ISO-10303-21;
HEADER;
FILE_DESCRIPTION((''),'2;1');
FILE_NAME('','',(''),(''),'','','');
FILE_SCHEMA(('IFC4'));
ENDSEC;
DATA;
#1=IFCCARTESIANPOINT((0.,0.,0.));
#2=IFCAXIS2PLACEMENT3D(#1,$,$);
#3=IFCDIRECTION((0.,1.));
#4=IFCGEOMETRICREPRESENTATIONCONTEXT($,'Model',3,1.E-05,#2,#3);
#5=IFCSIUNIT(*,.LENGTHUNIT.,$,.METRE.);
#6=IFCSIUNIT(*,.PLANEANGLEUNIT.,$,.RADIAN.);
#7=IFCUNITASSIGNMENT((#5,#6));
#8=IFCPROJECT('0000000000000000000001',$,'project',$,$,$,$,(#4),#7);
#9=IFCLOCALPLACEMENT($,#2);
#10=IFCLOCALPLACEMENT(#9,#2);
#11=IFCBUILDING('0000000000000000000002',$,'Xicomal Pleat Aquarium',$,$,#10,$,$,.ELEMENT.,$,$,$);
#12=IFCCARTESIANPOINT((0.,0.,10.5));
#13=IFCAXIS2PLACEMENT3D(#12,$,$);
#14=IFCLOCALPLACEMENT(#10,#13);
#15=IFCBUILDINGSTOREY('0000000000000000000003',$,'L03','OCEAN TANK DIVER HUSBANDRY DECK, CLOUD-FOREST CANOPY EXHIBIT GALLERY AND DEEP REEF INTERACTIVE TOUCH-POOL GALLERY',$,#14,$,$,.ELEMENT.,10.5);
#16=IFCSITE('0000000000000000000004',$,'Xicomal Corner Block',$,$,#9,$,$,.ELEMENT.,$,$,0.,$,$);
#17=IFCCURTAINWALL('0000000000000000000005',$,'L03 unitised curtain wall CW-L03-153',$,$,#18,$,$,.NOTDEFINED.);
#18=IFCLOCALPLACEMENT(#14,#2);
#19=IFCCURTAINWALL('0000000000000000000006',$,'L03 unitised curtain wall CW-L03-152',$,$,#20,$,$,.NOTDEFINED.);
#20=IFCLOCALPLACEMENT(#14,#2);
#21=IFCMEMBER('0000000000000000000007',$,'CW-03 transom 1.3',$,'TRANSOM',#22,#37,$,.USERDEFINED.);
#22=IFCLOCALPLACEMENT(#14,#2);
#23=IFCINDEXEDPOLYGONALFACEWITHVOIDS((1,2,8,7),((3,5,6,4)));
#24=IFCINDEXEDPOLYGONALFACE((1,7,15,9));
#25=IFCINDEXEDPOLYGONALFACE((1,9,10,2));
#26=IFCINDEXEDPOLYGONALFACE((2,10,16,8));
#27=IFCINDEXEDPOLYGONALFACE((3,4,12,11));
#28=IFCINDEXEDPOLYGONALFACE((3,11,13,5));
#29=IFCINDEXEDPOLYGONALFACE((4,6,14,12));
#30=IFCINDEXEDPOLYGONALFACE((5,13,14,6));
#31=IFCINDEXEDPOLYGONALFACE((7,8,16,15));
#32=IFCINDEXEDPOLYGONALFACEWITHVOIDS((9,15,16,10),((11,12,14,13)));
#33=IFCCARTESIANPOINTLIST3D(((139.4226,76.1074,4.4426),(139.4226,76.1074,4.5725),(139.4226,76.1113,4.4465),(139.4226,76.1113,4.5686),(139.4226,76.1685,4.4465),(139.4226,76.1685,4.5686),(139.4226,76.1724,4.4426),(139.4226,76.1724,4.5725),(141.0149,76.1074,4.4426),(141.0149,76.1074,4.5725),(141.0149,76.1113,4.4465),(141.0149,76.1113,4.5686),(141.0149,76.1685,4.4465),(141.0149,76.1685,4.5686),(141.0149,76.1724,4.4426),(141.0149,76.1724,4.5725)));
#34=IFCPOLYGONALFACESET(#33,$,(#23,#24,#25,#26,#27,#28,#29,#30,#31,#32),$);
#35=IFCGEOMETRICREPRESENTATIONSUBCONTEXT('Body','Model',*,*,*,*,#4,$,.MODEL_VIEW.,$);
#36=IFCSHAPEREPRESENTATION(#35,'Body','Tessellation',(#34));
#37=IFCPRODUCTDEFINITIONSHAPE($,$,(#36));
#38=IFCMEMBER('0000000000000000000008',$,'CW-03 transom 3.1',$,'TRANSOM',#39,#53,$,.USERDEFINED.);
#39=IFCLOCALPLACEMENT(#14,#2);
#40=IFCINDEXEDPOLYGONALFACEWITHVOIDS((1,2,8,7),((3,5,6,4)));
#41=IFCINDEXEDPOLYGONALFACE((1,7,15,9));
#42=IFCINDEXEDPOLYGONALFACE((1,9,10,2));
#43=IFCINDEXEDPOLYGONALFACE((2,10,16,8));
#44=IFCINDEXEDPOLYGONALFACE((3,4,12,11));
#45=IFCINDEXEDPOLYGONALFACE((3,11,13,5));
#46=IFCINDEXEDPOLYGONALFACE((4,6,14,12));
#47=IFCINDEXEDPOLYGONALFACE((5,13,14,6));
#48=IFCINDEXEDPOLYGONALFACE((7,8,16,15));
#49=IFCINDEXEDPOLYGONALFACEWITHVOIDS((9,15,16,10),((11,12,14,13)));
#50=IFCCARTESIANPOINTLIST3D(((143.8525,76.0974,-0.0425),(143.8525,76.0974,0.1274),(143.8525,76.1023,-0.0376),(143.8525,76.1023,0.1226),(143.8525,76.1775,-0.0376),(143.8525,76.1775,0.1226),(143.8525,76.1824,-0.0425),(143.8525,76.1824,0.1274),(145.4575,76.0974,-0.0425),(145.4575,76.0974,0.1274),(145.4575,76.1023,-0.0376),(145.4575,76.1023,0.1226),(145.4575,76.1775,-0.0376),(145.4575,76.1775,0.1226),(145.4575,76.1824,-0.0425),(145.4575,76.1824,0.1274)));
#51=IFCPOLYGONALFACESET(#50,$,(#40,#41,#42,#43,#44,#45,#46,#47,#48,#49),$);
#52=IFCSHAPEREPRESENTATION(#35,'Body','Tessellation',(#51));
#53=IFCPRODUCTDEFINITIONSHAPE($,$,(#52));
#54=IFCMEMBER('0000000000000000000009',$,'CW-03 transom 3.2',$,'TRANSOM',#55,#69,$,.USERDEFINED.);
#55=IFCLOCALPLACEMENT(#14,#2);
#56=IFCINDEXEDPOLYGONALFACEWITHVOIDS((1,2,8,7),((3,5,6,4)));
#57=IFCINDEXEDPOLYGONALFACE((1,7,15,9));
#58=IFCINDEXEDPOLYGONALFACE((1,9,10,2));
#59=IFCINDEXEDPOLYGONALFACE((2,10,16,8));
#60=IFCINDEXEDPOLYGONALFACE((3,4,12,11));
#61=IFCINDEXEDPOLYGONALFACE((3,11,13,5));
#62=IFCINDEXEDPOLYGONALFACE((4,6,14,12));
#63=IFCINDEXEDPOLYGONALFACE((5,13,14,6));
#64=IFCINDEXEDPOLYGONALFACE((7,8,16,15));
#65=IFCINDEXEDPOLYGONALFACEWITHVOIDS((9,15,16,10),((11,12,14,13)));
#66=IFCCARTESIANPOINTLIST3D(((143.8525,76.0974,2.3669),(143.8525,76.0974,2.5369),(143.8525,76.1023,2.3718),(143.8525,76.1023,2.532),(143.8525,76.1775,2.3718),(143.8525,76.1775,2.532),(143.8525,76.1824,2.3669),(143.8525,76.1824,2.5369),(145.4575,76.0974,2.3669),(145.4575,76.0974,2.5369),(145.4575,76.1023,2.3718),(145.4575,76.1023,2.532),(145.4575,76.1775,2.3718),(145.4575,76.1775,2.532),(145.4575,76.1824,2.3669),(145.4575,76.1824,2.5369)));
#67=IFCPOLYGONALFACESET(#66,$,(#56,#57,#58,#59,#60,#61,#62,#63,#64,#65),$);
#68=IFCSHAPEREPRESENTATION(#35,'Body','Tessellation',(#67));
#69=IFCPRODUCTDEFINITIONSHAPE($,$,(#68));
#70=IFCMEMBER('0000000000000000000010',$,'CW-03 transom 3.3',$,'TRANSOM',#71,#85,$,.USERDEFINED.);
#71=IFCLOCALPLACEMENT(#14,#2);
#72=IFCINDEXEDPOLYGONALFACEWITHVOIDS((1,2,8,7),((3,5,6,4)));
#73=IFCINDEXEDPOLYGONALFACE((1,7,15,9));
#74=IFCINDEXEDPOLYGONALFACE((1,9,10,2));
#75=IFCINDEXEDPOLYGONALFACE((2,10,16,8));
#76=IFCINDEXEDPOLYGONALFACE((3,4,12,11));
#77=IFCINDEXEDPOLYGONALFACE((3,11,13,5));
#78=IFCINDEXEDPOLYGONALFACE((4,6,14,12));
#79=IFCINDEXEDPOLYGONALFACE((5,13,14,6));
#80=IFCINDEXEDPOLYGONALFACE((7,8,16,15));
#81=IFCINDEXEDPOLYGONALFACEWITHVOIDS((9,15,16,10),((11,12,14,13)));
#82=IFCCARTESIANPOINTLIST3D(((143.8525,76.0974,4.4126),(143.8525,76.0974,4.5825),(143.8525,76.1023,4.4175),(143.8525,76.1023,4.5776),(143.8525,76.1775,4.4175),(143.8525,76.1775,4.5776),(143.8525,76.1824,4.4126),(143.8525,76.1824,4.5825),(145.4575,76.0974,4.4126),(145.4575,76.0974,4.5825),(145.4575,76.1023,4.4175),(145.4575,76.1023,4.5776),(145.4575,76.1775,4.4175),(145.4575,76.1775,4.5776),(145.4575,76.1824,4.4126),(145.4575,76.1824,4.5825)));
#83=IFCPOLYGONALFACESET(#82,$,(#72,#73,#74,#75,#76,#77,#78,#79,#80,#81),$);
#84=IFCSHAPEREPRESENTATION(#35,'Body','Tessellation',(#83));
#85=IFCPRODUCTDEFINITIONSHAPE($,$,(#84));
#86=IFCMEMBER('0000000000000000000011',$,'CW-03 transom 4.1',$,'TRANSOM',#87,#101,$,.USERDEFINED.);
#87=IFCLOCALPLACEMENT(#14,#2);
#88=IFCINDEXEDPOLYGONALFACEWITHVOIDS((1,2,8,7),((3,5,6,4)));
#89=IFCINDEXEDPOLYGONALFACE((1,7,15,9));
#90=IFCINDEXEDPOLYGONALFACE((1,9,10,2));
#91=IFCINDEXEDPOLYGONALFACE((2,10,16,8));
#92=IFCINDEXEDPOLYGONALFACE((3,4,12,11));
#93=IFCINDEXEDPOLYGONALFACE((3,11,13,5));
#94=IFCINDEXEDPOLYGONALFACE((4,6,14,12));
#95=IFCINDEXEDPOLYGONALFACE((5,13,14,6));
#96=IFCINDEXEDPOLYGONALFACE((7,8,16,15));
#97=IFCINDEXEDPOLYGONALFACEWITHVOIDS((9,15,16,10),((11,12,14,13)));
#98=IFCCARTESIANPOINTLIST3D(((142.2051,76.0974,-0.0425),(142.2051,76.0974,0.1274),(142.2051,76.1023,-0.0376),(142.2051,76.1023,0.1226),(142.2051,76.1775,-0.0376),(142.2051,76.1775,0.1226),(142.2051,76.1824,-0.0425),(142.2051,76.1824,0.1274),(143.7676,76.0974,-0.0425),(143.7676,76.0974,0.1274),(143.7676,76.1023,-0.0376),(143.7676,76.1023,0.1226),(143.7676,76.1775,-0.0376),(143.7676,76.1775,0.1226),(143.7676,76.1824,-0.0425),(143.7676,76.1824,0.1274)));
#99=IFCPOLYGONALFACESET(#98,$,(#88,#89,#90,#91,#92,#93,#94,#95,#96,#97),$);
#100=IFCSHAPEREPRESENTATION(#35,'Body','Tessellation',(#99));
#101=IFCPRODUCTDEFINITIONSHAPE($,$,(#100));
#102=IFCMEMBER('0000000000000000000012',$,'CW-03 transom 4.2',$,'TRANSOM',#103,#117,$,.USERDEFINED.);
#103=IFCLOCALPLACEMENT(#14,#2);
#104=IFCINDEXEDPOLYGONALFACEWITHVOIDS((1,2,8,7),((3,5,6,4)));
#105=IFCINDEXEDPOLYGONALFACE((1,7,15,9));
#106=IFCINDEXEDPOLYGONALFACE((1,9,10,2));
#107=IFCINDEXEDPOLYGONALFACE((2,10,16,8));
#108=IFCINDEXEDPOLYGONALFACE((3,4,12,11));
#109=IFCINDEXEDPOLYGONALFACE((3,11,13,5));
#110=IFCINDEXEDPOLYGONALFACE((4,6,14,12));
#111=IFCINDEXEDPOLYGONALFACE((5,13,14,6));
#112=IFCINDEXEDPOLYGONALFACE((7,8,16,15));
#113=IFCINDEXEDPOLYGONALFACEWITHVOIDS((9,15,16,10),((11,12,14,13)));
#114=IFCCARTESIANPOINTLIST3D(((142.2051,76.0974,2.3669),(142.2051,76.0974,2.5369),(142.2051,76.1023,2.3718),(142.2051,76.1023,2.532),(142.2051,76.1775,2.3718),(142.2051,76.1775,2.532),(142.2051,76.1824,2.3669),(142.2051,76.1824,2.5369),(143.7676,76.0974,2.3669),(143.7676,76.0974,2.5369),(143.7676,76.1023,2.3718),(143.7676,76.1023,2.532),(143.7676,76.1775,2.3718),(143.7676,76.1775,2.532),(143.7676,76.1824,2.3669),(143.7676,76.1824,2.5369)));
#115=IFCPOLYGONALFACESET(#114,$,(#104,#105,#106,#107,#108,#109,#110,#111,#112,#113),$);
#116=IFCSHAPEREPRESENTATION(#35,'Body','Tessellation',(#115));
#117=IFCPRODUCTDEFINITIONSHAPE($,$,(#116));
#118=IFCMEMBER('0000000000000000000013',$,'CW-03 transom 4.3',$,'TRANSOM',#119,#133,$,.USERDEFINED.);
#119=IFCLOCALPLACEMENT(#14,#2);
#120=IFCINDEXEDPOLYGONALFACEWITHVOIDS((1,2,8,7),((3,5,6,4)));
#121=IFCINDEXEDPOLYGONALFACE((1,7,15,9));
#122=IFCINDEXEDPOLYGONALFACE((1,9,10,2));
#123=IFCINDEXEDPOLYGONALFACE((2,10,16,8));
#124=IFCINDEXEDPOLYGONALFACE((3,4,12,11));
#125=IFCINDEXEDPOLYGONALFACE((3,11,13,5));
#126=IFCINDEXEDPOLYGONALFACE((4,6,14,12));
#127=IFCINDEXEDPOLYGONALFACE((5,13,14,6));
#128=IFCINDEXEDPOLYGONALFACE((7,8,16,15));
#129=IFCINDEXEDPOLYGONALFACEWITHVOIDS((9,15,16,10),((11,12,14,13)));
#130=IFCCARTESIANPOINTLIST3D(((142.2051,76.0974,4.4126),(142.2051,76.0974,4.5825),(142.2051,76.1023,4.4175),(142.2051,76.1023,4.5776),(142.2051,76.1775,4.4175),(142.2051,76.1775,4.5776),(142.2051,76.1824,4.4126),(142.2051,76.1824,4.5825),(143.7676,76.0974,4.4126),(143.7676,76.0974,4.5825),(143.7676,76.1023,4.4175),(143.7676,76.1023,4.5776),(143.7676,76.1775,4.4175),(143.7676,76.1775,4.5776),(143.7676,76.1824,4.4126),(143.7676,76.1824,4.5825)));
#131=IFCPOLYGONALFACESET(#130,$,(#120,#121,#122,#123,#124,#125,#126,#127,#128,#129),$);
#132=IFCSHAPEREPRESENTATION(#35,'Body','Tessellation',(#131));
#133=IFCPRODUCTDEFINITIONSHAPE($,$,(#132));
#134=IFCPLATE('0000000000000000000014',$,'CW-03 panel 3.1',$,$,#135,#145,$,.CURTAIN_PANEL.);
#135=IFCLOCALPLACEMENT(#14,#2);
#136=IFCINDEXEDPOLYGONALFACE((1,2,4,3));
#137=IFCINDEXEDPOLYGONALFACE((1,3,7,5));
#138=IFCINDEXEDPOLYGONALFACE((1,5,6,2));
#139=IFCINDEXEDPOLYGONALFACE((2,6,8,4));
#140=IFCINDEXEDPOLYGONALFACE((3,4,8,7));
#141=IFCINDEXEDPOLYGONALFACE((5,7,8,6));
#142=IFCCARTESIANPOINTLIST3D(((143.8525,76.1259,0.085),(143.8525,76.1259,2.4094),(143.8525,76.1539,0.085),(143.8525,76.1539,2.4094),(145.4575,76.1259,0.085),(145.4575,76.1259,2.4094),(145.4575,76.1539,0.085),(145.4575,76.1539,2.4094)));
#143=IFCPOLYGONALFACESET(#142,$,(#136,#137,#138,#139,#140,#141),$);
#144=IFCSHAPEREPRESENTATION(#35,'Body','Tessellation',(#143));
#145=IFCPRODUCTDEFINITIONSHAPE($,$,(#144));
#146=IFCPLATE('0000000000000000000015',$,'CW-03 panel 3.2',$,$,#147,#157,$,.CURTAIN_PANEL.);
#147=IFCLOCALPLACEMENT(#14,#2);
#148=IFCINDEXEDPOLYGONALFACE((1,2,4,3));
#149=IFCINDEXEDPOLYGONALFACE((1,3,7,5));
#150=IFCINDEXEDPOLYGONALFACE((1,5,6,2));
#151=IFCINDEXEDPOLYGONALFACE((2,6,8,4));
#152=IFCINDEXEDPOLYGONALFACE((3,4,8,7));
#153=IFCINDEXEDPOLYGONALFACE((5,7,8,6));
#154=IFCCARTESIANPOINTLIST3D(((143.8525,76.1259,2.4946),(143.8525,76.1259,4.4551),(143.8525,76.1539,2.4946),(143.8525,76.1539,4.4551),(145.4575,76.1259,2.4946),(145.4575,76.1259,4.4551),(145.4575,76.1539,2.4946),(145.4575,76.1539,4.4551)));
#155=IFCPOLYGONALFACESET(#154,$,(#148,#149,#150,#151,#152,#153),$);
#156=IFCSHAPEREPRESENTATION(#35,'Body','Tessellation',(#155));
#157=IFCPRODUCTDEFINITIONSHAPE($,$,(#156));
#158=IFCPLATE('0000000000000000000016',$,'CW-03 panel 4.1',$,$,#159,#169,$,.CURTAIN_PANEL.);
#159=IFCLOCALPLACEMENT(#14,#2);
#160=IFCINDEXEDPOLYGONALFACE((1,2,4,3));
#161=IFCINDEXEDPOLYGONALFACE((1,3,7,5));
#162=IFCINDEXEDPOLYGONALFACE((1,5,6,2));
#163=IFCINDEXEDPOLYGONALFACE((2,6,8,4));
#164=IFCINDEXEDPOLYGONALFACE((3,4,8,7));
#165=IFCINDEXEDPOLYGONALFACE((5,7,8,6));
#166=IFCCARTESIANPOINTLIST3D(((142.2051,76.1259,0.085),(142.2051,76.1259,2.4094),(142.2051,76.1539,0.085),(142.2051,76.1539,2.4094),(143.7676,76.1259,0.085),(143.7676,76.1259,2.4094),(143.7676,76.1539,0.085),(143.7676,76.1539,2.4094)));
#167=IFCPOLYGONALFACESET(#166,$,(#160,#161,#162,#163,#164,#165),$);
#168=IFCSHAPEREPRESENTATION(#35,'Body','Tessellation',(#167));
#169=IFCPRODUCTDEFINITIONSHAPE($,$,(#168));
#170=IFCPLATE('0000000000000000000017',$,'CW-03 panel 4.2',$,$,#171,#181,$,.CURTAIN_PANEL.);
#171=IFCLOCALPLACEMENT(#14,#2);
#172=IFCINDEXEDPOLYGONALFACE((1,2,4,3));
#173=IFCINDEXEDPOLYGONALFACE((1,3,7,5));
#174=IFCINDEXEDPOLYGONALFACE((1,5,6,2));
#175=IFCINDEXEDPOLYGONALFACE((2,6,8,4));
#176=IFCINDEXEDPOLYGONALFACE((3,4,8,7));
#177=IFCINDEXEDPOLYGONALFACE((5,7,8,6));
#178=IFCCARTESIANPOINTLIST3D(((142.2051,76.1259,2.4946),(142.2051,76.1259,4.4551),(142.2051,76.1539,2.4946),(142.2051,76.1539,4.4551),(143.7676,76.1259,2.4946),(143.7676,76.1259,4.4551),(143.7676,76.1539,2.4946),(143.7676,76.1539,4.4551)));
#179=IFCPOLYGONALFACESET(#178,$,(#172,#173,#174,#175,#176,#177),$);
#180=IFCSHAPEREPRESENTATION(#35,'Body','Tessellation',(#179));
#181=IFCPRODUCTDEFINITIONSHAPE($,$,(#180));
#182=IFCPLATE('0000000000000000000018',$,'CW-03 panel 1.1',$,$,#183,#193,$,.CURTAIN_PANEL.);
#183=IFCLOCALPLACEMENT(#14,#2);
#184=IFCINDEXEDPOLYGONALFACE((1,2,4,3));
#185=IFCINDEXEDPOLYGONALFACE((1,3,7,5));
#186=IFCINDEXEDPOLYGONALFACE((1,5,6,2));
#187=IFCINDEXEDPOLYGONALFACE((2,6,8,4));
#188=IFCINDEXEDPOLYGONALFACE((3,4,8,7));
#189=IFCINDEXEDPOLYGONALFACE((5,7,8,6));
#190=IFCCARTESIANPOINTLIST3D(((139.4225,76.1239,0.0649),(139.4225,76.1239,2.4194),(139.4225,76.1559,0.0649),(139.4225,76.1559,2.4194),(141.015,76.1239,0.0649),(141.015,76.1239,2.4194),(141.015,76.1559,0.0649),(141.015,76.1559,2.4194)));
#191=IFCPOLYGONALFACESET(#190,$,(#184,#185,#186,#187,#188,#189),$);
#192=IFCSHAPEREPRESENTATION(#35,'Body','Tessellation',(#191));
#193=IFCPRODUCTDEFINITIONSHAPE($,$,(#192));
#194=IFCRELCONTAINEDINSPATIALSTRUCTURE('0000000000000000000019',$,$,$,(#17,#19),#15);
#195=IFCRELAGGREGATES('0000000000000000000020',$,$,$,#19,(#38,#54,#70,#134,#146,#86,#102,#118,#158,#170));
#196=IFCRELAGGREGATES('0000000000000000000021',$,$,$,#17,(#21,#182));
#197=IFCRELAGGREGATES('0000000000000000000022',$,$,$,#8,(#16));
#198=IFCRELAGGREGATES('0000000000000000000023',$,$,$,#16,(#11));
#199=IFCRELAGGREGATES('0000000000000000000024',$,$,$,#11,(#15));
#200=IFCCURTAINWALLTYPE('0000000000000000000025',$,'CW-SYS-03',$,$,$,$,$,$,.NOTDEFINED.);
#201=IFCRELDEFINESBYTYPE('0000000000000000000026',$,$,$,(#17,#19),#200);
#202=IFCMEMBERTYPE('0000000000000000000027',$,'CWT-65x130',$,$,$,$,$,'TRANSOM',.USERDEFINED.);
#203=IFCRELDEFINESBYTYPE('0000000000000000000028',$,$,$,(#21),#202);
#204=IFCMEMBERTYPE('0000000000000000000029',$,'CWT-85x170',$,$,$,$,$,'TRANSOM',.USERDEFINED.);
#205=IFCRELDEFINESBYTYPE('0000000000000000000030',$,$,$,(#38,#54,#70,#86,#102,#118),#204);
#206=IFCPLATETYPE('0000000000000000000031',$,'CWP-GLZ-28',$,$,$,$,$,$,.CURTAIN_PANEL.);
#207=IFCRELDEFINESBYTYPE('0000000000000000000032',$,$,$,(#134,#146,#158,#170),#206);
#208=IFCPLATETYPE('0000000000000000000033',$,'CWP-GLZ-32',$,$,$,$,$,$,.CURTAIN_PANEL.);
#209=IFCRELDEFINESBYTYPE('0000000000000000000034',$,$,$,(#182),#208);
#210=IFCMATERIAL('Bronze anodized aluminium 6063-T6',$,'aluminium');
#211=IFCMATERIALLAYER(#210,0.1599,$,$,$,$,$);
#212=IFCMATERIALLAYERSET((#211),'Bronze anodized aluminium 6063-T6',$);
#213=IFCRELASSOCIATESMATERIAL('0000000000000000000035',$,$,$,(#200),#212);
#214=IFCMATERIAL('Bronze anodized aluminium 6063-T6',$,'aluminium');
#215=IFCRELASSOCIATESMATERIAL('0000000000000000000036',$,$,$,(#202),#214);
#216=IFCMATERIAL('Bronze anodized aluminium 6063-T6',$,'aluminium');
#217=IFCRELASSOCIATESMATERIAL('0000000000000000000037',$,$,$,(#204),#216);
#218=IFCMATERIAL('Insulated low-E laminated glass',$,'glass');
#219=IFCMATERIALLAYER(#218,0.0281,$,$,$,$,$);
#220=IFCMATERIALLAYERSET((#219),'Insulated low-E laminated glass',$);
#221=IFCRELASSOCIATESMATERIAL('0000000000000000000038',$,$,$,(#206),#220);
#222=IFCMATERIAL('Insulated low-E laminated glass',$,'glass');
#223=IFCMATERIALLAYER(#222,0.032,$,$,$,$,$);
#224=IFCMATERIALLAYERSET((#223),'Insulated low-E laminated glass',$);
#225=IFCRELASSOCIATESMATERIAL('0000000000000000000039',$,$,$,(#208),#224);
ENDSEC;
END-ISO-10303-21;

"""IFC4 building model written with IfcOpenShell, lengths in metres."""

from ifc_helpers import new_model, si_unit, direction, frame, origin, origin_2d, place, context, subcontext, project, spatial, rectangle, hollow_rectangle, extrude, material, layer, layer_set, material_profile, profile_set, type_object, element, aggregate, save


model = new_model("IFC4")

# Units and contexts
model_context = context("Model", 3, precision=1e-05, world=origin(), true_north=direction((0.0, 1.0)))
body_context = subcontext(model_context, "Body", "Model", "MODEL_VIEW")
ifc_project = project(units=[si_unit("LENGTHUNIT", "METRE"), si_unit("PLANEANGLEUNIT", "RADIAN")], contexts=[model_context])

# Site, building, storey
site_placement = place(None, origin())
site = spatial("IfcSite", under=ifc_project, at=site_placement, Name="Xicomal Corner Block", CompositionType="ELEMENT", RefElevation=0.0)
building_placement = place(site_placement, origin())
building = spatial("IfcBuilding", under=site, at=building_placement, Name="Xicomal Pleat Aquarium", CompositionType="ELEMENT")
storey_placement = place(building_placement, frame((0.0, 0.0, 10.5)))
storey = spatial("IfcBuildingStorey", under=building, at=storey_placement, Name="L03", Description="OCEAN TANK DIVER HUSBANDRY DECK, CLOUD-FOREST CANOPY EXHIBIT GALLERY AND DEEP REEF INTERACTIVE TOUCH-POOL GALLERY", CompositionType="ELEMENT", Elevation=10.5)

# Curtain wall
ifc_material_1 = material(Name="Bronze anodized aluminium 6063-T6", Category="aluminium")
ifc_layer_1 = layer(ifc_material_1, 0.1599)
ifc_layer_set_1 = layer_set([ifc_layer_1], Name="Bronze anodized aluminium 6063-T6")
curtain_wall_type = type_object("IfcCurtainWallType", Name="CW-SYS-03", PredefinedType="NOTDEFINED", material=ifc_layer_set_1)
curtain_wall_1_placement = place(storey_placement, origin())
curtain_wall_1 = element("IfcCurtainWall", 1, at=curtain_wall_1_placement, inside=storey, type_object=curtain_wall_type, Name="L03 unitised curtain wall CW-L03-153", PredefinedType="NOTDEFINED")

# Curtain wall
curtain_wall_2_placement = place(storey_placement, origin())
curtain_wall_2 = element("IfcCurtainWall", 2, at=curtain_wall_2_placement, inside=storey, type_object=curtain_wall_type, Name="L03 unitised curtain wall CW-L03-152", PredefinedType="NOTDEFINED")

# Members
ifc_material_2 = material(Name="Bronze anodized aluminium 6063-T6", Category="aluminium")
ifc_material_profile_1 = material_profile(ifc_material_2, hollow_rectangle(XDim=0.0649, YDim=0.1299, WallThickness=0.0039, at=origin_2d()), Name="ALU TRAN 65x130")
ifc_profile_set_1 = profile_set([ifc_material_profile_1], Name="Bronze anodized aluminium 6063-T6")
member_type_1 = type_object("IfcMemberType", Name="CWT-65x130", ElementType="TRANSOM", PredefinedType="USERDEFINED", material=ifc_profile_set_1)
member_1_placement = place(storey_placement, frame((141.0149, 76.1399, 4.5076), z_axis=(-1.0, 0.0, 0.0), x_axis=(0.0, -1.0, 0.0)))
member_1 = element("IfcMember", 3, at=member_1_placement, type_object=member_type_1, Name="CW-03 transom 1.3", ObjectType="TRANSOM", PredefinedType="USERDEFINED", context=body_context, shape_type="SweptSolid", body=[
    extrude(hollow_rectangle(XDim=0.0649, YDim=0.1299, WallThickness=0.0039, at=origin_2d()), origin(), (0.0, 0.0, 1.0), 1.5923),
])
ifc_material_3 = material(Name="Bronze anodized aluminium 6063-T6", Category="aluminium")
ifc_material_profile_2 = material_profile(ifc_material_3, hollow_rectangle(XDim=0.085, YDim=0.1699, WallThickness=0.0049, at=origin_2d()), Name="ALU TRAN 85x170")
ifc_profile_set_2 = profile_set([ifc_material_profile_2], Name="Bronze anodized aluminium 6063-T6")
member_type_2 = type_object("IfcMemberType", Name="CWT-85x170", ElementType="TRANSOM", PredefinedType="USERDEFINED", material=ifc_profile_set_2)
member_2_placement = place(storey_placement, frame((145.4575, 76.1399, 0.0425), z_axis=(-1.0, 0.0, 0.0), x_axis=(0.0, -1.0, 0.0)))
member_2 = element("IfcMember", 4, at=member_2_placement, type_object=member_type_2, Name="CW-03 transom 3.1", ObjectType="TRANSOM", PredefinedType="USERDEFINED", context=body_context, shape_type="SweptSolid", body=[
    extrude(hollow_rectangle(XDim=0.085, YDim=0.1699, WallThickness=0.0049, at=origin_2d()), origin(), (0.0, 0.0, 1.0), 1.605),
])
member_3_placement = place(storey_placement, frame((145.4575, 76.1399, 2.4519), z_axis=(-1.0, 0.0, 0.0), x_axis=(0.0, -1.0, 0.0)))
member_3 = element("IfcMember", 5, at=member_3_placement, type_object=member_type_2, Name="CW-03 transom 3.2", ObjectType="TRANSOM", PredefinedType="USERDEFINED", context=body_context, shape_type="SweptSolid", body=[
    extrude(hollow_rectangle(XDim=0.085, YDim=0.1699, WallThickness=0.0049, at=origin_2d()), origin(), (0.0, 0.0, 1.0), 1.605),
])
member_4_placement = place(storey_placement, frame((145.4575, 76.1399, 4.4976), z_axis=(-1.0, 0.0, 0.0), x_axis=(0.0, -1.0, 0.0)))
member_4 = element("IfcMember", 6, at=member_4_placement, type_object=member_type_2, Name="CW-03 transom 3.3", ObjectType="TRANSOM", PredefinedType="USERDEFINED", context=body_context, shape_type="SweptSolid", body=[
    extrude(hollow_rectangle(XDim=0.085, YDim=0.1699, WallThickness=0.0049, at=origin_2d()), origin(), (0.0, 0.0, 1.0), 1.605),
])
member_5_placement = place(storey_placement, frame((143.7676, 76.1399, 0.0425), z_axis=(-1.0, 0.0, 0.0), x_axis=(0.0, -1.0, 0.0)))
member_5 = element("IfcMember", 7, at=member_5_placement, type_object=member_type_2, Name="CW-03 transom 4.1", ObjectType="TRANSOM", PredefinedType="USERDEFINED", context=body_context, shape_type="SweptSolid", body=[
    extrude(hollow_rectangle(XDim=0.085, YDim=0.1699, WallThickness=0.0049, at=origin_2d()), origin(), (0.0, 0.0, 1.0), 1.5625),
])
member_6_placement = place(storey_placement, frame((143.7676, 76.1399, 2.4519), z_axis=(-1.0, 0.0, 0.0), x_axis=(0.0, -1.0, 0.0)))
member_6 = element("IfcMember", 8, at=member_6_placement, type_object=member_type_2, Name="CW-03 transom 4.2", ObjectType="TRANSOM", PredefinedType="USERDEFINED", context=body_context, shape_type="SweptSolid", body=[
    extrude(hollow_rectangle(XDim=0.085, YDim=0.1699, WallThickness=0.0049, at=origin_2d()), origin(), (0.0, 0.0, 1.0), 1.5625),
])
member_7_placement = place(storey_placement, frame((143.7676, 76.1399, 4.4976), z_axis=(-1.0, 0.0, 0.0), x_axis=(0.0, -1.0, 0.0)))
member_7 = element("IfcMember", 9, at=member_7_placement, type_object=member_type_2, Name="CW-03 transom 4.3", ObjectType="TRANSOM", PredefinedType="USERDEFINED", context=body_context, shape_type="SweptSolid", body=[
    extrude(hollow_rectangle(XDim=0.085, YDim=0.1699, WallThickness=0.0049, at=origin_2d()), origin(), (0.0, 0.0, 1.0), 1.5625),
])

# Plates
ifc_material_4 = material(Name="Insulated low-E laminated glass", Category="glass")
ifc_layer_2 = layer(ifc_material_4, 0.0281)
ifc_layer_set_2 = layer_set([ifc_layer_2], Name="Insulated low-E laminated glass")
plate_type_1 = type_object("IfcPlateType", Name="CWP-GLZ-28", PredefinedType="CURTAIN_PANEL", material=ifc_layer_set_2)
plate_1_placement = place(storey_placement, frame((144.655, 76.1399, 0.085), z_axis=(0.0, 0.0, 1.0), x_axis=(-1.0, 0.0, 0.0)))
plate_1 = element("IfcPlate", 10, at=plate_1_placement, type_object=plate_type_1, Name="CW-03 panel 3.1", PredefinedType="CURTAIN_PANEL", context=body_context, shape_type="SweptSolid", body=[
    extrude(rectangle(XDim=1.605, YDim=0.0281, at=origin_2d()), origin(), (0.0, 0.0, 1.0), 2.3245),
])
plate_2_placement = place(storey_placement, frame((144.655, 76.1399, 2.4946), z_axis=(0.0, 0.0, 1.0), x_axis=(-1.0, 0.0, 0.0)))
plate_2 = element("IfcPlate", 11, at=plate_2_placement, type_object=plate_type_1, Name="CW-03 panel 3.2", PredefinedType="CURTAIN_PANEL", context=body_context, shape_type="SweptSolid", body=[
    extrude(rectangle(XDim=1.605, YDim=0.0281, at=origin_2d()), origin(), (0.0, 0.0, 1.0), 1.9604),
])
plate_3_placement = place(storey_placement, frame((142.9863, 76.1399, 0.085), z_axis=(0.0, 0.0, 1.0), x_axis=(-1.0, 0.0, 0.0)))
plate_3 = element("IfcPlate", 12, at=plate_3_placement, type_object=plate_type_1, Name="CW-03 panel 4.1", PredefinedType="CURTAIN_PANEL", context=body_context, shape_type="SweptSolid", body=[
    extrude(rectangle(XDim=1.5625, YDim=0.0281, at=origin_2d()), origin(), (0.0, 0.0, 1.0), 2.3245),
])
plate_4_placement = place(storey_placement, frame((142.9863, 76.1399, 2.4946), z_axis=(0.0, 0.0, 1.0), x_axis=(-1.0, 0.0, 0.0)))
plate_4 = element("IfcPlate", 13, at=plate_4_placement, type_object=plate_type_1, Name="CW-03 panel 4.2", PredefinedType="CURTAIN_PANEL", context=body_context, shape_type="SweptSolid", body=[
    extrude(rectangle(XDim=1.5625, YDim=0.0281, at=origin_2d()), origin(), (0.0, 0.0, 1.0), 1.9604),
])
aggregate(curtain_wall_2, [member_2, member_3, member_4, plate_1, plate_2, member_5, member_6, member_7, plate_3, plate_4])
ifc_material_5 = material(Name="Insulated low-E laminated glass", Category="glass")
ifc_layer_3 = layer(ifc_material_5, 0.032)
ifc_layer_set_3 = layer_set([ifc_layer_3], Name="Insulated low-E laminated glass")
plate_type_2 = type_object("IfcPlateType", Name="CWP-GLZ-32", PredefinedType="CURTAIN_PANEL", material=ifc_layer_set_3)
plate_5_placement = place(storey_placement, frame((140.2188, 76.1399, 0.0649), z_axis=(0.0, 0.0, 1.0), x_axis=(-1.0, 0.0, 0.0)))
plate_5 = element("IfcPlate", 14, at=plate_5_placement, type_object=plate_type_2, Name="CW-03 panel 1.1", PredefinedType="CURTAIN_PANEL", context=body_context, shape_type="SweptSolid", body=[
    extrude(rectangle(XDim=1.5925, YDim=0.032, at=origin_2d()), origin(), (0.0, 0.0, 1.0), 2.3545),
])
aggregate(curtain_wall_1, [member_1, plate_5])

save(model, "model.ifc")
